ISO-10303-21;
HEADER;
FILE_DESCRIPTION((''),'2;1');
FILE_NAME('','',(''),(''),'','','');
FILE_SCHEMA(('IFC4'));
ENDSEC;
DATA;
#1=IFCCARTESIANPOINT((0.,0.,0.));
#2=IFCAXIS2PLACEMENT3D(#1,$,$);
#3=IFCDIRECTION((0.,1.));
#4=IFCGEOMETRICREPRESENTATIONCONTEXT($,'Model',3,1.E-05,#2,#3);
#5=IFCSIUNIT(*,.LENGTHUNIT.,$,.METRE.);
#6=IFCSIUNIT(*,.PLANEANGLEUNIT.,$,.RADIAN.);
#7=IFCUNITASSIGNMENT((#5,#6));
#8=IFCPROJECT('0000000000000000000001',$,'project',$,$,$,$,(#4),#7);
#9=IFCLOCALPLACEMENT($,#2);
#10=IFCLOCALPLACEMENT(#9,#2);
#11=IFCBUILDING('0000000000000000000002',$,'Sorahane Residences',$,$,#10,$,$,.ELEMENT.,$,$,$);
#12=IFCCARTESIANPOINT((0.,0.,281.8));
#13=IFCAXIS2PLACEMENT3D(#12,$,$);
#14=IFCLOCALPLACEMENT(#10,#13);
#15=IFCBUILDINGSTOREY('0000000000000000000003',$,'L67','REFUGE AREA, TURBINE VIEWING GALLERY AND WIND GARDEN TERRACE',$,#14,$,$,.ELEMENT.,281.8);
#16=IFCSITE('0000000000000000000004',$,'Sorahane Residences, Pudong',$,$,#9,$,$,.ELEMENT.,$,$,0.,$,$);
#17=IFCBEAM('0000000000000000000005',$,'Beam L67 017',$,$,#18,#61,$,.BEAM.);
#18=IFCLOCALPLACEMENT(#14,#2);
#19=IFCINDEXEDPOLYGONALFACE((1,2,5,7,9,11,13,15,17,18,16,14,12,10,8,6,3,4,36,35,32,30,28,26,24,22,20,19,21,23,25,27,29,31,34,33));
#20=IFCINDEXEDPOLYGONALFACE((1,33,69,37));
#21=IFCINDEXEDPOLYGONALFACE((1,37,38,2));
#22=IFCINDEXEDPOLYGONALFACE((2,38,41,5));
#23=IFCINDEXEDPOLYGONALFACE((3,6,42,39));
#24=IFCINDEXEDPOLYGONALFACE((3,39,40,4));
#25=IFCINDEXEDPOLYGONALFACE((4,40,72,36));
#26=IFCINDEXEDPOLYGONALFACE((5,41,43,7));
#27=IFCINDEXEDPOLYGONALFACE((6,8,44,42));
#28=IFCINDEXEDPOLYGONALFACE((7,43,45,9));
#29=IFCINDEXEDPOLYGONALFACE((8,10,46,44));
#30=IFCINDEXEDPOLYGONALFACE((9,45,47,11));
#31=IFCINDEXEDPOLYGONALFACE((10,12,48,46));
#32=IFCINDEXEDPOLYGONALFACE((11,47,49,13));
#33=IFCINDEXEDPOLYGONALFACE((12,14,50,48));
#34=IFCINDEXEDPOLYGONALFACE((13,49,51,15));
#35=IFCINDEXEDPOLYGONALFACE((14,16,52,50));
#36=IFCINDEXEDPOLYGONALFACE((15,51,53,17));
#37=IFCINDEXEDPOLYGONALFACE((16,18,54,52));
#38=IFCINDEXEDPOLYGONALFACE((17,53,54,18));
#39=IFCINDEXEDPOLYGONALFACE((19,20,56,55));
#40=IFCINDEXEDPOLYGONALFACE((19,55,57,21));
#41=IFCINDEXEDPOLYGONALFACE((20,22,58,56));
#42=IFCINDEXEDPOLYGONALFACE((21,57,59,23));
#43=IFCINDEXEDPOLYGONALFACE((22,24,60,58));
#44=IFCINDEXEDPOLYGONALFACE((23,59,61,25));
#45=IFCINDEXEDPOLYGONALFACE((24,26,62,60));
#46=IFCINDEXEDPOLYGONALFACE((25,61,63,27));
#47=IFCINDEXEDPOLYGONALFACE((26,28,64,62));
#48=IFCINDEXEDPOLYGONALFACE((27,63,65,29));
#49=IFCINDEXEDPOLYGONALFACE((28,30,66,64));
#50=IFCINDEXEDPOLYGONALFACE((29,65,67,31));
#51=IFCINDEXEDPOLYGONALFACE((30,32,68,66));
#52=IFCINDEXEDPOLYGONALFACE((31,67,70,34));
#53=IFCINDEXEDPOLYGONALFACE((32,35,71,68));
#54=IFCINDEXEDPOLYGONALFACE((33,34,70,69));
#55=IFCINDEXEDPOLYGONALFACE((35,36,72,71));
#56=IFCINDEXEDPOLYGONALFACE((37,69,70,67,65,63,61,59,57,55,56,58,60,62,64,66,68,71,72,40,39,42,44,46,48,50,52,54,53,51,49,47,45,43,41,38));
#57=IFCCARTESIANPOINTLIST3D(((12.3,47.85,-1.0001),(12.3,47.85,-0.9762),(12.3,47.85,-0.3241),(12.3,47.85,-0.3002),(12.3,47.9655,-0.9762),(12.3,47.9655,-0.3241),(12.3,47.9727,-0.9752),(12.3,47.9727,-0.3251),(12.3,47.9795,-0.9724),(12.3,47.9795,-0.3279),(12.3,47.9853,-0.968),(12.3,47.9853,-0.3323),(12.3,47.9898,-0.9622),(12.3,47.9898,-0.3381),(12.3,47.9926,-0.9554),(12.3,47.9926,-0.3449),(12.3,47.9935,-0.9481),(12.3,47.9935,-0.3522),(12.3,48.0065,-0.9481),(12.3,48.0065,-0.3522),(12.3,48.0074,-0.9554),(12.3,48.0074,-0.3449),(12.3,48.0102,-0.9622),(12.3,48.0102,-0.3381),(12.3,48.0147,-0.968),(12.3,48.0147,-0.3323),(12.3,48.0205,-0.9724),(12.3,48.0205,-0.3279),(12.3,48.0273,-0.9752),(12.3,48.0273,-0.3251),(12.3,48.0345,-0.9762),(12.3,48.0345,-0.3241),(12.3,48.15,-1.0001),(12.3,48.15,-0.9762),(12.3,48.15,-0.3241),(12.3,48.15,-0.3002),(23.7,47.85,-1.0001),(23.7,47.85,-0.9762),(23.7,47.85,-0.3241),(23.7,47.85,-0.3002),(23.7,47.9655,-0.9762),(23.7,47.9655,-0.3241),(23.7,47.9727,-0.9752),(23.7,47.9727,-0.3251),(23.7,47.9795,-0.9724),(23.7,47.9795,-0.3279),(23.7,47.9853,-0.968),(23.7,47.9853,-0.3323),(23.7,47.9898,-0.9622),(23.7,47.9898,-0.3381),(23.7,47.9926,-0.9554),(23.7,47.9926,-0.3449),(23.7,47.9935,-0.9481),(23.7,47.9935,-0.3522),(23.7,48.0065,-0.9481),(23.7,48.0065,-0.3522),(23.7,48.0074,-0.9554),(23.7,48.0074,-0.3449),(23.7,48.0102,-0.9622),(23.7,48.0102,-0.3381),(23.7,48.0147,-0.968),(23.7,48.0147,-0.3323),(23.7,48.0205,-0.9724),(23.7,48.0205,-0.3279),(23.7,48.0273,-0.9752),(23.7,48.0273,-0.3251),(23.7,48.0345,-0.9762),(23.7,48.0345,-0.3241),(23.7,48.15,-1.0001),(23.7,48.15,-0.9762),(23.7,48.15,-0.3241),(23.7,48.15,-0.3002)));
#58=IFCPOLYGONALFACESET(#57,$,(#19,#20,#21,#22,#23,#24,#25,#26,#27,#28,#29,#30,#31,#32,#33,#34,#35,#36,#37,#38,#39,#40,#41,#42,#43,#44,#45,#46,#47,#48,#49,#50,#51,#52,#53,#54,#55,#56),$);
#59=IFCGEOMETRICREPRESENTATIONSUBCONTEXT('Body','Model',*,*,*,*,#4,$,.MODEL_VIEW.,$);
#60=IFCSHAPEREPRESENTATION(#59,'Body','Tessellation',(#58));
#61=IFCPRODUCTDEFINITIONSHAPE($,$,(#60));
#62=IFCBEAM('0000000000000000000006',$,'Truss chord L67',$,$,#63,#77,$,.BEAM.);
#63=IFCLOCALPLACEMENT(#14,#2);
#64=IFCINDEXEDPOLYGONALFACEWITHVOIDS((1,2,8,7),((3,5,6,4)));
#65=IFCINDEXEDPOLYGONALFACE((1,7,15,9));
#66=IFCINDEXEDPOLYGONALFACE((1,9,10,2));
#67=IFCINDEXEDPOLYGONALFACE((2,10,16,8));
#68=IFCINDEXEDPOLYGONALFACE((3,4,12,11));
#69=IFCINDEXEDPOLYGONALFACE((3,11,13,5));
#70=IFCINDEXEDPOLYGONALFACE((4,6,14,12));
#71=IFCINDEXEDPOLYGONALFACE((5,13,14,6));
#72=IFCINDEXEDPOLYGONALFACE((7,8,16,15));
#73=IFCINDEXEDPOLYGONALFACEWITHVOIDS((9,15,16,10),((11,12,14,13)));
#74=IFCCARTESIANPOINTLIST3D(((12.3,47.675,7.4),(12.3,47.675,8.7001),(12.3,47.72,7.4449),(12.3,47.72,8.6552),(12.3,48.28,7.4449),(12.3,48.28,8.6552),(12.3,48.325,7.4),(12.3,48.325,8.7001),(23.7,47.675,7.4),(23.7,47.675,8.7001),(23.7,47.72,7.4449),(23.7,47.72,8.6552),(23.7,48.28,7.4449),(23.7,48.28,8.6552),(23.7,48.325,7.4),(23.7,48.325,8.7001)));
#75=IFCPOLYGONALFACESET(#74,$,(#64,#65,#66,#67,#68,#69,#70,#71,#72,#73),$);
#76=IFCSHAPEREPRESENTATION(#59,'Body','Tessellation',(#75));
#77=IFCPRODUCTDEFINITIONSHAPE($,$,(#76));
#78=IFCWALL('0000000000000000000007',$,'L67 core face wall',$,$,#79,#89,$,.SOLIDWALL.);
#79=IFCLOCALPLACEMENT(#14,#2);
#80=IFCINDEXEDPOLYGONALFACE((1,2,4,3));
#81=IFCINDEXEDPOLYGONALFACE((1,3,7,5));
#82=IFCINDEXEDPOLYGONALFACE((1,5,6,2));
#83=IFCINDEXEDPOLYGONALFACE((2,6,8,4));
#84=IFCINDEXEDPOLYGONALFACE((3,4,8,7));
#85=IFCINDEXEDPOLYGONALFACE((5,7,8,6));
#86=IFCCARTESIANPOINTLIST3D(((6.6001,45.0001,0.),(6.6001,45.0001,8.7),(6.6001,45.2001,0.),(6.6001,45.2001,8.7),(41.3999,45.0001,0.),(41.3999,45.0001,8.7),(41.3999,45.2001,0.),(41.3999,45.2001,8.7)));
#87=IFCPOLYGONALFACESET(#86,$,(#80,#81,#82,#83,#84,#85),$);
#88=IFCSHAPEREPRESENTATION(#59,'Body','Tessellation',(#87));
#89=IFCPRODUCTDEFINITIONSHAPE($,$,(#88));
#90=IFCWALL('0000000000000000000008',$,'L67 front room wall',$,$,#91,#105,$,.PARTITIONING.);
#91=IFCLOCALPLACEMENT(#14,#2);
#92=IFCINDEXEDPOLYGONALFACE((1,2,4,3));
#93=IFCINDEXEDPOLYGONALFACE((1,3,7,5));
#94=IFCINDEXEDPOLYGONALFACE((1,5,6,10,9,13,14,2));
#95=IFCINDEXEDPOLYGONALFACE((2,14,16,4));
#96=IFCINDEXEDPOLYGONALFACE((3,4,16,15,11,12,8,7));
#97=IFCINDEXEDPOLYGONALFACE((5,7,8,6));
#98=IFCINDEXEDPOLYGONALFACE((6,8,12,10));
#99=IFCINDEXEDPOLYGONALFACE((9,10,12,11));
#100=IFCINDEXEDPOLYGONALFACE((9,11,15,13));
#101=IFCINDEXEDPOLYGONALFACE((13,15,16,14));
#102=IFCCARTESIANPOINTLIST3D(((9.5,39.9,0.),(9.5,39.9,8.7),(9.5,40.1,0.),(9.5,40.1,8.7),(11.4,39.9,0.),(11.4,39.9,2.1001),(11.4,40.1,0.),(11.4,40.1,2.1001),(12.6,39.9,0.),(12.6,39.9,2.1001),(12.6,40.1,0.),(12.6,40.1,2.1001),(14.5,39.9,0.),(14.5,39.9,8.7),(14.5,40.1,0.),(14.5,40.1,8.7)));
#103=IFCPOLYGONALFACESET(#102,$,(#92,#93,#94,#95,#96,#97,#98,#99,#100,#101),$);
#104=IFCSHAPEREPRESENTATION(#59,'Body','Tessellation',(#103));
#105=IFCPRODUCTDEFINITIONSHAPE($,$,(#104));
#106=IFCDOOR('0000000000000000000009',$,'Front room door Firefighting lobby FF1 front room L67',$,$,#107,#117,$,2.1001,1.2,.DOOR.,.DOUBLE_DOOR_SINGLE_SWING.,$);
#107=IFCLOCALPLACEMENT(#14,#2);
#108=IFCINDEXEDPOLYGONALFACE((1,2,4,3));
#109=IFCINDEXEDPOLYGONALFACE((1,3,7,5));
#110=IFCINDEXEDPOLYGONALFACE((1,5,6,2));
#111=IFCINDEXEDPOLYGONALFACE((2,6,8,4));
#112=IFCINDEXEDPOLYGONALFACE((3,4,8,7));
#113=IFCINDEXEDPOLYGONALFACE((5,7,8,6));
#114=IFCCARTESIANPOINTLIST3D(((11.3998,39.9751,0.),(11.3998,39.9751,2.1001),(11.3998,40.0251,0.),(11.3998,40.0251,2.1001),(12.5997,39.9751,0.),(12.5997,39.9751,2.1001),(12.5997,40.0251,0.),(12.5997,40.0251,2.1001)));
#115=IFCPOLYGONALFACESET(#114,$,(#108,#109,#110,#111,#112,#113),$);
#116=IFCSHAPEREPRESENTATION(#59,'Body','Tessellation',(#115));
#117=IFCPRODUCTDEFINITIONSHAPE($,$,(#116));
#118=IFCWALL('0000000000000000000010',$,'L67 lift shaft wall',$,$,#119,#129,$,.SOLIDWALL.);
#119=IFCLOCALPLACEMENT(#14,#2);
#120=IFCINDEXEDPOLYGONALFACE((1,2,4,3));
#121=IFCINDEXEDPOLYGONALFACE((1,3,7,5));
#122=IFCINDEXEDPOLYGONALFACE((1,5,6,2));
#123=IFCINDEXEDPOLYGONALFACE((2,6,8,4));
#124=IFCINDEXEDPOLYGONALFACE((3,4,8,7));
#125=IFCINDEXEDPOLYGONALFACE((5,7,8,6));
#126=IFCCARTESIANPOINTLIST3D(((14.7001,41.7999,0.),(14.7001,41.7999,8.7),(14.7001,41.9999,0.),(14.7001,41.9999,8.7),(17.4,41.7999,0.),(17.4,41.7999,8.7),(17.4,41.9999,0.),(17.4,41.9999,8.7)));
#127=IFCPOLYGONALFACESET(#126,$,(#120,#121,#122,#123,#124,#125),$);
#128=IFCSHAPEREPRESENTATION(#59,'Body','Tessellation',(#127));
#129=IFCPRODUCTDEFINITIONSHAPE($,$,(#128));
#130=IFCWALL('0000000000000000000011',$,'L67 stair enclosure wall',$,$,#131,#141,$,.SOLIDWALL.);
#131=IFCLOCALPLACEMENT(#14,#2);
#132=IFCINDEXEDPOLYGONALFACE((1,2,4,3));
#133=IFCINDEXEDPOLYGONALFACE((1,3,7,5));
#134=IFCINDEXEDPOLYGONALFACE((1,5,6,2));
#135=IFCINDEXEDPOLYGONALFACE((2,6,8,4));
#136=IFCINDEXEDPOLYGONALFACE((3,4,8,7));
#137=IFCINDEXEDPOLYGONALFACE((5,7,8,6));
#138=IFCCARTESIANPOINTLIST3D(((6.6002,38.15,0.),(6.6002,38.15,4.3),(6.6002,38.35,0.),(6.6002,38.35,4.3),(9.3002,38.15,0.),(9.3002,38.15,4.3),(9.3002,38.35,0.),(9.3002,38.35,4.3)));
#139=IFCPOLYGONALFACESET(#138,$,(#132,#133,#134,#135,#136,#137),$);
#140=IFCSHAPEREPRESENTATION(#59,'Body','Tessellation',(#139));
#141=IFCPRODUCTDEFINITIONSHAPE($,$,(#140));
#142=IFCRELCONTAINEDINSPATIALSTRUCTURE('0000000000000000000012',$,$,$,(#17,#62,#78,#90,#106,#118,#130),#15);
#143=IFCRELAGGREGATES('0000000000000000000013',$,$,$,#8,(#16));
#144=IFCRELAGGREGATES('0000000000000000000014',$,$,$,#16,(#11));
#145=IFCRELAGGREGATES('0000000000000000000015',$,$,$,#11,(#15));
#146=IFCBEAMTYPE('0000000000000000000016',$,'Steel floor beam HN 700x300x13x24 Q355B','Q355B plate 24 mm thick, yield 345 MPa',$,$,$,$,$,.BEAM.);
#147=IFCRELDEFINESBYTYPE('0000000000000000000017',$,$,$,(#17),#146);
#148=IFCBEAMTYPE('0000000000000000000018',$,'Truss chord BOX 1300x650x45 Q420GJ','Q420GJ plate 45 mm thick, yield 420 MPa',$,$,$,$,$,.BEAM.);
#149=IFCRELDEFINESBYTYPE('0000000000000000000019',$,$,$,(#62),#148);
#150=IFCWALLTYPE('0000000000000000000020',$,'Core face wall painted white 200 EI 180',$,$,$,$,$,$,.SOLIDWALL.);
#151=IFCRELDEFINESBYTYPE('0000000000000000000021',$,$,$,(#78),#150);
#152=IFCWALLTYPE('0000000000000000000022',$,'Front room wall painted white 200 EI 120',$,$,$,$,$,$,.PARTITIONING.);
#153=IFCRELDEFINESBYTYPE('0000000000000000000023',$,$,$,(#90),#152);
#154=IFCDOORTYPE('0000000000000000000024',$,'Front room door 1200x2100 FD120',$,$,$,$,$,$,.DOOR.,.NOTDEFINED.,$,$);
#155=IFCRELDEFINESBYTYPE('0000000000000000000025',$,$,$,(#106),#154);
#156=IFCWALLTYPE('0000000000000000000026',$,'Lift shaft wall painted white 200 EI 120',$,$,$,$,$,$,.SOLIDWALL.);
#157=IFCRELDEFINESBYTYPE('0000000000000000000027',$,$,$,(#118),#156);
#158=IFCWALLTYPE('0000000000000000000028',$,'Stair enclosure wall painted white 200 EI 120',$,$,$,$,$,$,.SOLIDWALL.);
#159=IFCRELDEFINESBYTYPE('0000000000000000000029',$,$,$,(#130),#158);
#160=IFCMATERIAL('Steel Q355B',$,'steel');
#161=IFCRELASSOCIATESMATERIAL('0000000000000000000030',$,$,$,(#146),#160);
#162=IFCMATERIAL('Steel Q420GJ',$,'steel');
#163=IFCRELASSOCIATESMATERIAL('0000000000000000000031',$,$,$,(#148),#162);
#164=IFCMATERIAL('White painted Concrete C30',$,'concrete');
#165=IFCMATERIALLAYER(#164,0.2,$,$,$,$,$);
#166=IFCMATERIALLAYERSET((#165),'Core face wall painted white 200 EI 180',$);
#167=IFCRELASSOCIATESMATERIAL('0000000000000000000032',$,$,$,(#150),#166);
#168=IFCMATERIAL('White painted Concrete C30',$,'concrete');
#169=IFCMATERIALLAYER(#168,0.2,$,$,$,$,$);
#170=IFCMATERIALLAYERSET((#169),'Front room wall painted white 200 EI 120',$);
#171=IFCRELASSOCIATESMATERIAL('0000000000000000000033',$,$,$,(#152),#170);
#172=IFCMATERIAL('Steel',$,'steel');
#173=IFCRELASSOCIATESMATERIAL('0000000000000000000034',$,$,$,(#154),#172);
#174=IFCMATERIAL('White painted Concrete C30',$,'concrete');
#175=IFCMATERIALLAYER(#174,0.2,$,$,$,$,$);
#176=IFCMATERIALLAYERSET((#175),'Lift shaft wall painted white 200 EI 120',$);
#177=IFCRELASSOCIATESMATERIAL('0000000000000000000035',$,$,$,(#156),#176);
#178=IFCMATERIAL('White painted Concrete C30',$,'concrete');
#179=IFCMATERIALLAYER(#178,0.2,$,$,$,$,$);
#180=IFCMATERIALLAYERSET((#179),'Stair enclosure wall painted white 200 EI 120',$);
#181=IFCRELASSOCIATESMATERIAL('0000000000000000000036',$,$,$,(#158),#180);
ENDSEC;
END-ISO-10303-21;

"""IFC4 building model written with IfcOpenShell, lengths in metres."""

from ifc_helpers import new_model, si_unit, direction, frame, frame_2d, origin, origin_2d, place, context, subcontext, project, spatial, rectangle, hollow_rectangle, i_section, extrude, material, layer, layer_set, material_profile, profile_set, type_object, element, fill, save


model = new_model("IFC4")

# Units and contexts
model_context = context("Model", 3, precision=1e-05, world=origin(), true_north=direction((0.0, 1.0)))
body_context = subcontext(model_context, "Body", "Model", "MODEL_VIEW")
ifc_project = project(units=[si_unit("LENGTHUNIT", "METRE"), si_unit("PLANEANGLEUNIT", "RADIAN")], contexts=[model_context])

# Site, building, storey
site_placement = place(None, origin())
site = spatial("IfcSite", under=ifc_project, at=site_placement, Name="Sorahane Residences, Pudong", CompositionType="ELEMENT", RefElevation=0.0)
building_placement = place(site_placement, origin())
building = spatial("IfcBuilding", under=site, at=building_placement, Name="Sorahane Residences", CompositionType="ELEMENT")
storey_placement = place(building_placement, frame((0.0, 0.0, 281.8)))
storey = spatial("IfcBuildingStorey", under=building, at=storey_placement, Name="L67", Description="REFUGE AREA, TURBINE VIEWING GALLERY AND WIND GARDEN TERRACE", CompositionType="ELEMENT", Elevation=281.8)

# Beams
ifc_material_1 = material(Name="Steel Q355B", Category="steel")
ifc_material_profile_1 = material_profile(ifc_material_1, i_section(OverallWidth=0.3, OverallDepth=0.7, WebThickness=0.0129, FlangeThickness=0.0239, FilletRadius=0.0281, at=origin_2d()), Name="HN 700x300x13x24")
ifc_profile_set_1 = profile_set([ifc_material_profile_1], Name="Steel Q355B")
beam_type_1 = type_object("IfcBeamType", Name="Steel floor beam HN 700x300x13x24 Q355B", Description="Q355B plate 24 mm thick, yield 345 MPa", PredefinedType="BEAM", material=ifc_profile_set_1)
beam_1_placement = place(storey_placement, frame((12.3, 48.0, -0.6501), z_axis=(1.0, 0.0, 0.0), x_axis=(0.0, 1.0, 0.0)))
element("IfcBeam", 1, at=beam_1_placement, inside=storey, type_object=beam_type_1, Name="Beam L67 017", PredefinedType="BEAM", context=body_context, shape_type="SweptSolid", body=[
    extrude(i_section(OverallWidth=0.3, OverallDepth=0.7, WebThickness=0.0129, FlangeThickness=0.0239, FilletRadius=0.0281, at=origin_2d()), origin(), (0.0, 0.0, 1.0), 11.3999),
])
ifc_material_2 = material(Name="Steel Q420GJ", Category="steel")
ifc_material_profile_2 = material_profile(ifc_material_2, hollow_rectangle(XDim=0.6499, YDim=1.3, WallThickness=0.0449, at=origin_2d()), Name="BOX 1300x650x45")
ifc_profile_set_2 = profile_set([ifc_material_profile_2], Name="Steel Q420GJ")
beam_type_2 = type_object("IfcBeamType", Name="Truss chord BOX 1300x650x45 Q420GJ", Description="Q420GJ plate 45 mm thick, yield 420 MPa", PredefinedType="BEAM", material=ifc_profile_set_2)
beam_2_placement = place(storey_placement, frame((12.3, 48.0, 8.05), z_axis=(1.0, 0.0, 0.0), x_axis=(0.0, 1.0, 0.0)))
element("IfcBeam", 2, at=beam_2_placement, inside=storey, type_object=beam_type_2, Name="Truss chord L67", PredefinedType="BEAM", context=body_context, shape_type="SweptSolid", body=[
    extrude(hollow_rectangle(XDim=0.6499, YDim=1.3, WallThickness=0.0449, at=origin_2d()), origin(), (0.0, 0.0, 1.0), 11.3999),
])

# Wall
ifc_material_3 = material(Name="White painted Concrete C30", Category="concrete")
ifc_layer_1 = layer(ifc_material_3, 0.2)
ifc_layer_set_1 = layer_set([ifc_layer_1], Name="Core face wall painted white 200 EI 180")
wall_type_1 = type_object("IfcWallType", Name="Core face wall painted white 200 EI 180", PredefinedType="SOLIDWALL", material=ifc_layer_set_1)
wall_1_placement = place(storey_placement, frame((6.6001, 45.1001, 0.0), z_axis=(0.0, 0.0, 1.0), x_axis=(1.0, 0.0, 0.0)))
element("IfcWall", 3, at=wall_1_placement, inside=storey, type_object=wall_type_1, Name="L67 core face wall", PredefinedType="SOLIDWALL", context=body_context, shape_type="SweptSolid", body=[
    extrude(rectangle(XDim=34.7998, YDim=0.2, at=frame_2d((17.3999, 0.0))), origin(), (0.0, 0.0, 1.0), 8.7),
])

# Wall, opening, door
ifc_material_4 = material(Name="White painted Concrete C30", Category="concrete")
ifc_layer_2 = layer(ifc_material_4, 0.2)
ifc_layer_set_2 = layer_set([ifc_layer_2], Name="Front room wall painted white 200 EI 120")
wall_type_2 = type_object("IfcWallType", Name="Front room wall painted white 200 EI 120", PredefinedType="PARTITIONING", material=ifc_layer_set_2)
wall_2_placement = place(storey_placement, frame((9.5, 40.0, 0.0), z_axis=(0.0, 0.0, 1.0), x_axis=(1.0, 0.0, 0.0)))
wall_2 = element("IfcWall", 4, at=wall_2_placement, inside=storey, type_object=wall_type_2, Name="L67 front room wall", PredefinedType="PARTITIONING", context=body_context, shape_type="SweptSolid", body=[
    extrude(rectangle(XDim=5.0, YDim=0.2, at=frame_2d((2.5, 0.0))), origin(), (0.0, 0.0, 1.0), 8.7),
])
opening_placement = place(wall_2_placement, frame((1.8999, 0.0, 0.0)))
opening = element("IfcOpeningElement", 5, at=opening_placement, cuts=wall_2, PredefinedType="OPENING", context=body_context, shape_type="SweptSolid", body=[
    extrude(rectangle(XDim=1.2, YDim=2.1001, at=frame_2d((0.6001, 1.05))), frame((0.0, 0.1099, 0.0), z_axis=(0.0, -1.0, 0.0), x_axis=(1.0, 0.0, 0.0)), (0.0, 0.0, 1.0), 0.22),
])
ifc_material_5 = material(Name="Steel", Category="steel")
door_type = type_object("IfcDoorType", Name="Front room door 1200x2100 FD120", OperationType="NOTDEFINED", PredefinedType="DOOR", material=ifc_material_5)
door_placement = place(opening_placement, frame((1.2, 0.0, 0.0), z_axis=(0.0, 0.0, 1.0), x_axis=(-1.0, 0.0, 0.0)))
door = element("IfcDoor", 6, at=door_placement, inside=storey, type_object=door_type, Name="Front room door Firefighting lobby FF1 front room L67", OperationType="DOUBLE_DOOR_SINGLE_SWING", OverallHeight=2.1001, OverallWidth=1.2, PredefinedType="DOOR", context=body_context, shape_type="SweptSolid", body=[
    extrude(rectangle(XDim=1.2, YDim=2.1001, at=frame_2d((0.6001, 1.05))), frame((0.0, 0.0249, 0.0), z_axis=(0.0, -1.0, 0.0), x_axis=(1.0, 0.0, 0.0)), (0.0, 0.0, 1.0), 0.05),
])
fill(opening, door)

# Walls
ifc_material_6 = material(Name="White painted Concrete C30", Category="concrete")
ifc_layer_3 = layer(ifc_material_6, 0.2)
ifc_layer_set_3 = layer_set([ifc_layer_3], Name="Lift shaft wall painted white 200 EI 120")
wall_type_3 = type_object("IfcWallType", Name="Lift shaft wall painted white 200 EI 120", PredefinedType="SOLIDWALL", material=ifc_layer_set_3)
wall_3_placement = place(storey_placement, frame((14.7, 41.8999, 0.0), z_axis=(0.0, 0.0, 1.0), x_axis=(1.0, 0.0, 0.0)))
element("IfcWall", 7, at=wall_3_placement, inside=storey, type_object=wall_type_3, Name="L67 lift shaft wall", PredefinedType="SOLIDWALL", context=body_context, shape_type="SweptSolid", body=[
    extrude(rectangle(XDim=2.7, YDim=0.2, at=frame_2d((1.3501, 0.0))), origin(), (0.0, 0.0, 1.0), 8.7),
])
ifc_material_7 = material(Name="White painted Concrete C30", Category="concrete")
ifc_layer_4 = layer(ifc_material_7, 0.2)
ifc_layer_set_4 = layer_set([ifc_layer_4], Name="Stair enclosure wall painted white 200 EI 120")
wall_type_4 = type_object("IfcWallType", Name="Stair enclosure wall painted white 200 EI 120", PredefinedType="SOLIDWALL", material=ifc_layer_set_4)
wall_4_placement = place(storey_placement, frame((6.6001, 38.25, 0.0), z_axis=(0.0, 0.0, 1.0), x_axis=(1.0, 0.0, 0.0)))
element("IfcWall", 8, at=wall_4_placement, inside=storey, type_object=wall_type_4, Name="L67 stair enclosure wall", PredefinedType="SOLIDWALL", context=body_context, shape_type="SweptSolid", body=[
    extrude(rectangle(XDim=2.7, YDim=0.2, at=frame_2d((1.3501, 0.0))), origin(), (0.0, 0.0, 1.0), 4.3),
])

save(model, "model.ifc")
